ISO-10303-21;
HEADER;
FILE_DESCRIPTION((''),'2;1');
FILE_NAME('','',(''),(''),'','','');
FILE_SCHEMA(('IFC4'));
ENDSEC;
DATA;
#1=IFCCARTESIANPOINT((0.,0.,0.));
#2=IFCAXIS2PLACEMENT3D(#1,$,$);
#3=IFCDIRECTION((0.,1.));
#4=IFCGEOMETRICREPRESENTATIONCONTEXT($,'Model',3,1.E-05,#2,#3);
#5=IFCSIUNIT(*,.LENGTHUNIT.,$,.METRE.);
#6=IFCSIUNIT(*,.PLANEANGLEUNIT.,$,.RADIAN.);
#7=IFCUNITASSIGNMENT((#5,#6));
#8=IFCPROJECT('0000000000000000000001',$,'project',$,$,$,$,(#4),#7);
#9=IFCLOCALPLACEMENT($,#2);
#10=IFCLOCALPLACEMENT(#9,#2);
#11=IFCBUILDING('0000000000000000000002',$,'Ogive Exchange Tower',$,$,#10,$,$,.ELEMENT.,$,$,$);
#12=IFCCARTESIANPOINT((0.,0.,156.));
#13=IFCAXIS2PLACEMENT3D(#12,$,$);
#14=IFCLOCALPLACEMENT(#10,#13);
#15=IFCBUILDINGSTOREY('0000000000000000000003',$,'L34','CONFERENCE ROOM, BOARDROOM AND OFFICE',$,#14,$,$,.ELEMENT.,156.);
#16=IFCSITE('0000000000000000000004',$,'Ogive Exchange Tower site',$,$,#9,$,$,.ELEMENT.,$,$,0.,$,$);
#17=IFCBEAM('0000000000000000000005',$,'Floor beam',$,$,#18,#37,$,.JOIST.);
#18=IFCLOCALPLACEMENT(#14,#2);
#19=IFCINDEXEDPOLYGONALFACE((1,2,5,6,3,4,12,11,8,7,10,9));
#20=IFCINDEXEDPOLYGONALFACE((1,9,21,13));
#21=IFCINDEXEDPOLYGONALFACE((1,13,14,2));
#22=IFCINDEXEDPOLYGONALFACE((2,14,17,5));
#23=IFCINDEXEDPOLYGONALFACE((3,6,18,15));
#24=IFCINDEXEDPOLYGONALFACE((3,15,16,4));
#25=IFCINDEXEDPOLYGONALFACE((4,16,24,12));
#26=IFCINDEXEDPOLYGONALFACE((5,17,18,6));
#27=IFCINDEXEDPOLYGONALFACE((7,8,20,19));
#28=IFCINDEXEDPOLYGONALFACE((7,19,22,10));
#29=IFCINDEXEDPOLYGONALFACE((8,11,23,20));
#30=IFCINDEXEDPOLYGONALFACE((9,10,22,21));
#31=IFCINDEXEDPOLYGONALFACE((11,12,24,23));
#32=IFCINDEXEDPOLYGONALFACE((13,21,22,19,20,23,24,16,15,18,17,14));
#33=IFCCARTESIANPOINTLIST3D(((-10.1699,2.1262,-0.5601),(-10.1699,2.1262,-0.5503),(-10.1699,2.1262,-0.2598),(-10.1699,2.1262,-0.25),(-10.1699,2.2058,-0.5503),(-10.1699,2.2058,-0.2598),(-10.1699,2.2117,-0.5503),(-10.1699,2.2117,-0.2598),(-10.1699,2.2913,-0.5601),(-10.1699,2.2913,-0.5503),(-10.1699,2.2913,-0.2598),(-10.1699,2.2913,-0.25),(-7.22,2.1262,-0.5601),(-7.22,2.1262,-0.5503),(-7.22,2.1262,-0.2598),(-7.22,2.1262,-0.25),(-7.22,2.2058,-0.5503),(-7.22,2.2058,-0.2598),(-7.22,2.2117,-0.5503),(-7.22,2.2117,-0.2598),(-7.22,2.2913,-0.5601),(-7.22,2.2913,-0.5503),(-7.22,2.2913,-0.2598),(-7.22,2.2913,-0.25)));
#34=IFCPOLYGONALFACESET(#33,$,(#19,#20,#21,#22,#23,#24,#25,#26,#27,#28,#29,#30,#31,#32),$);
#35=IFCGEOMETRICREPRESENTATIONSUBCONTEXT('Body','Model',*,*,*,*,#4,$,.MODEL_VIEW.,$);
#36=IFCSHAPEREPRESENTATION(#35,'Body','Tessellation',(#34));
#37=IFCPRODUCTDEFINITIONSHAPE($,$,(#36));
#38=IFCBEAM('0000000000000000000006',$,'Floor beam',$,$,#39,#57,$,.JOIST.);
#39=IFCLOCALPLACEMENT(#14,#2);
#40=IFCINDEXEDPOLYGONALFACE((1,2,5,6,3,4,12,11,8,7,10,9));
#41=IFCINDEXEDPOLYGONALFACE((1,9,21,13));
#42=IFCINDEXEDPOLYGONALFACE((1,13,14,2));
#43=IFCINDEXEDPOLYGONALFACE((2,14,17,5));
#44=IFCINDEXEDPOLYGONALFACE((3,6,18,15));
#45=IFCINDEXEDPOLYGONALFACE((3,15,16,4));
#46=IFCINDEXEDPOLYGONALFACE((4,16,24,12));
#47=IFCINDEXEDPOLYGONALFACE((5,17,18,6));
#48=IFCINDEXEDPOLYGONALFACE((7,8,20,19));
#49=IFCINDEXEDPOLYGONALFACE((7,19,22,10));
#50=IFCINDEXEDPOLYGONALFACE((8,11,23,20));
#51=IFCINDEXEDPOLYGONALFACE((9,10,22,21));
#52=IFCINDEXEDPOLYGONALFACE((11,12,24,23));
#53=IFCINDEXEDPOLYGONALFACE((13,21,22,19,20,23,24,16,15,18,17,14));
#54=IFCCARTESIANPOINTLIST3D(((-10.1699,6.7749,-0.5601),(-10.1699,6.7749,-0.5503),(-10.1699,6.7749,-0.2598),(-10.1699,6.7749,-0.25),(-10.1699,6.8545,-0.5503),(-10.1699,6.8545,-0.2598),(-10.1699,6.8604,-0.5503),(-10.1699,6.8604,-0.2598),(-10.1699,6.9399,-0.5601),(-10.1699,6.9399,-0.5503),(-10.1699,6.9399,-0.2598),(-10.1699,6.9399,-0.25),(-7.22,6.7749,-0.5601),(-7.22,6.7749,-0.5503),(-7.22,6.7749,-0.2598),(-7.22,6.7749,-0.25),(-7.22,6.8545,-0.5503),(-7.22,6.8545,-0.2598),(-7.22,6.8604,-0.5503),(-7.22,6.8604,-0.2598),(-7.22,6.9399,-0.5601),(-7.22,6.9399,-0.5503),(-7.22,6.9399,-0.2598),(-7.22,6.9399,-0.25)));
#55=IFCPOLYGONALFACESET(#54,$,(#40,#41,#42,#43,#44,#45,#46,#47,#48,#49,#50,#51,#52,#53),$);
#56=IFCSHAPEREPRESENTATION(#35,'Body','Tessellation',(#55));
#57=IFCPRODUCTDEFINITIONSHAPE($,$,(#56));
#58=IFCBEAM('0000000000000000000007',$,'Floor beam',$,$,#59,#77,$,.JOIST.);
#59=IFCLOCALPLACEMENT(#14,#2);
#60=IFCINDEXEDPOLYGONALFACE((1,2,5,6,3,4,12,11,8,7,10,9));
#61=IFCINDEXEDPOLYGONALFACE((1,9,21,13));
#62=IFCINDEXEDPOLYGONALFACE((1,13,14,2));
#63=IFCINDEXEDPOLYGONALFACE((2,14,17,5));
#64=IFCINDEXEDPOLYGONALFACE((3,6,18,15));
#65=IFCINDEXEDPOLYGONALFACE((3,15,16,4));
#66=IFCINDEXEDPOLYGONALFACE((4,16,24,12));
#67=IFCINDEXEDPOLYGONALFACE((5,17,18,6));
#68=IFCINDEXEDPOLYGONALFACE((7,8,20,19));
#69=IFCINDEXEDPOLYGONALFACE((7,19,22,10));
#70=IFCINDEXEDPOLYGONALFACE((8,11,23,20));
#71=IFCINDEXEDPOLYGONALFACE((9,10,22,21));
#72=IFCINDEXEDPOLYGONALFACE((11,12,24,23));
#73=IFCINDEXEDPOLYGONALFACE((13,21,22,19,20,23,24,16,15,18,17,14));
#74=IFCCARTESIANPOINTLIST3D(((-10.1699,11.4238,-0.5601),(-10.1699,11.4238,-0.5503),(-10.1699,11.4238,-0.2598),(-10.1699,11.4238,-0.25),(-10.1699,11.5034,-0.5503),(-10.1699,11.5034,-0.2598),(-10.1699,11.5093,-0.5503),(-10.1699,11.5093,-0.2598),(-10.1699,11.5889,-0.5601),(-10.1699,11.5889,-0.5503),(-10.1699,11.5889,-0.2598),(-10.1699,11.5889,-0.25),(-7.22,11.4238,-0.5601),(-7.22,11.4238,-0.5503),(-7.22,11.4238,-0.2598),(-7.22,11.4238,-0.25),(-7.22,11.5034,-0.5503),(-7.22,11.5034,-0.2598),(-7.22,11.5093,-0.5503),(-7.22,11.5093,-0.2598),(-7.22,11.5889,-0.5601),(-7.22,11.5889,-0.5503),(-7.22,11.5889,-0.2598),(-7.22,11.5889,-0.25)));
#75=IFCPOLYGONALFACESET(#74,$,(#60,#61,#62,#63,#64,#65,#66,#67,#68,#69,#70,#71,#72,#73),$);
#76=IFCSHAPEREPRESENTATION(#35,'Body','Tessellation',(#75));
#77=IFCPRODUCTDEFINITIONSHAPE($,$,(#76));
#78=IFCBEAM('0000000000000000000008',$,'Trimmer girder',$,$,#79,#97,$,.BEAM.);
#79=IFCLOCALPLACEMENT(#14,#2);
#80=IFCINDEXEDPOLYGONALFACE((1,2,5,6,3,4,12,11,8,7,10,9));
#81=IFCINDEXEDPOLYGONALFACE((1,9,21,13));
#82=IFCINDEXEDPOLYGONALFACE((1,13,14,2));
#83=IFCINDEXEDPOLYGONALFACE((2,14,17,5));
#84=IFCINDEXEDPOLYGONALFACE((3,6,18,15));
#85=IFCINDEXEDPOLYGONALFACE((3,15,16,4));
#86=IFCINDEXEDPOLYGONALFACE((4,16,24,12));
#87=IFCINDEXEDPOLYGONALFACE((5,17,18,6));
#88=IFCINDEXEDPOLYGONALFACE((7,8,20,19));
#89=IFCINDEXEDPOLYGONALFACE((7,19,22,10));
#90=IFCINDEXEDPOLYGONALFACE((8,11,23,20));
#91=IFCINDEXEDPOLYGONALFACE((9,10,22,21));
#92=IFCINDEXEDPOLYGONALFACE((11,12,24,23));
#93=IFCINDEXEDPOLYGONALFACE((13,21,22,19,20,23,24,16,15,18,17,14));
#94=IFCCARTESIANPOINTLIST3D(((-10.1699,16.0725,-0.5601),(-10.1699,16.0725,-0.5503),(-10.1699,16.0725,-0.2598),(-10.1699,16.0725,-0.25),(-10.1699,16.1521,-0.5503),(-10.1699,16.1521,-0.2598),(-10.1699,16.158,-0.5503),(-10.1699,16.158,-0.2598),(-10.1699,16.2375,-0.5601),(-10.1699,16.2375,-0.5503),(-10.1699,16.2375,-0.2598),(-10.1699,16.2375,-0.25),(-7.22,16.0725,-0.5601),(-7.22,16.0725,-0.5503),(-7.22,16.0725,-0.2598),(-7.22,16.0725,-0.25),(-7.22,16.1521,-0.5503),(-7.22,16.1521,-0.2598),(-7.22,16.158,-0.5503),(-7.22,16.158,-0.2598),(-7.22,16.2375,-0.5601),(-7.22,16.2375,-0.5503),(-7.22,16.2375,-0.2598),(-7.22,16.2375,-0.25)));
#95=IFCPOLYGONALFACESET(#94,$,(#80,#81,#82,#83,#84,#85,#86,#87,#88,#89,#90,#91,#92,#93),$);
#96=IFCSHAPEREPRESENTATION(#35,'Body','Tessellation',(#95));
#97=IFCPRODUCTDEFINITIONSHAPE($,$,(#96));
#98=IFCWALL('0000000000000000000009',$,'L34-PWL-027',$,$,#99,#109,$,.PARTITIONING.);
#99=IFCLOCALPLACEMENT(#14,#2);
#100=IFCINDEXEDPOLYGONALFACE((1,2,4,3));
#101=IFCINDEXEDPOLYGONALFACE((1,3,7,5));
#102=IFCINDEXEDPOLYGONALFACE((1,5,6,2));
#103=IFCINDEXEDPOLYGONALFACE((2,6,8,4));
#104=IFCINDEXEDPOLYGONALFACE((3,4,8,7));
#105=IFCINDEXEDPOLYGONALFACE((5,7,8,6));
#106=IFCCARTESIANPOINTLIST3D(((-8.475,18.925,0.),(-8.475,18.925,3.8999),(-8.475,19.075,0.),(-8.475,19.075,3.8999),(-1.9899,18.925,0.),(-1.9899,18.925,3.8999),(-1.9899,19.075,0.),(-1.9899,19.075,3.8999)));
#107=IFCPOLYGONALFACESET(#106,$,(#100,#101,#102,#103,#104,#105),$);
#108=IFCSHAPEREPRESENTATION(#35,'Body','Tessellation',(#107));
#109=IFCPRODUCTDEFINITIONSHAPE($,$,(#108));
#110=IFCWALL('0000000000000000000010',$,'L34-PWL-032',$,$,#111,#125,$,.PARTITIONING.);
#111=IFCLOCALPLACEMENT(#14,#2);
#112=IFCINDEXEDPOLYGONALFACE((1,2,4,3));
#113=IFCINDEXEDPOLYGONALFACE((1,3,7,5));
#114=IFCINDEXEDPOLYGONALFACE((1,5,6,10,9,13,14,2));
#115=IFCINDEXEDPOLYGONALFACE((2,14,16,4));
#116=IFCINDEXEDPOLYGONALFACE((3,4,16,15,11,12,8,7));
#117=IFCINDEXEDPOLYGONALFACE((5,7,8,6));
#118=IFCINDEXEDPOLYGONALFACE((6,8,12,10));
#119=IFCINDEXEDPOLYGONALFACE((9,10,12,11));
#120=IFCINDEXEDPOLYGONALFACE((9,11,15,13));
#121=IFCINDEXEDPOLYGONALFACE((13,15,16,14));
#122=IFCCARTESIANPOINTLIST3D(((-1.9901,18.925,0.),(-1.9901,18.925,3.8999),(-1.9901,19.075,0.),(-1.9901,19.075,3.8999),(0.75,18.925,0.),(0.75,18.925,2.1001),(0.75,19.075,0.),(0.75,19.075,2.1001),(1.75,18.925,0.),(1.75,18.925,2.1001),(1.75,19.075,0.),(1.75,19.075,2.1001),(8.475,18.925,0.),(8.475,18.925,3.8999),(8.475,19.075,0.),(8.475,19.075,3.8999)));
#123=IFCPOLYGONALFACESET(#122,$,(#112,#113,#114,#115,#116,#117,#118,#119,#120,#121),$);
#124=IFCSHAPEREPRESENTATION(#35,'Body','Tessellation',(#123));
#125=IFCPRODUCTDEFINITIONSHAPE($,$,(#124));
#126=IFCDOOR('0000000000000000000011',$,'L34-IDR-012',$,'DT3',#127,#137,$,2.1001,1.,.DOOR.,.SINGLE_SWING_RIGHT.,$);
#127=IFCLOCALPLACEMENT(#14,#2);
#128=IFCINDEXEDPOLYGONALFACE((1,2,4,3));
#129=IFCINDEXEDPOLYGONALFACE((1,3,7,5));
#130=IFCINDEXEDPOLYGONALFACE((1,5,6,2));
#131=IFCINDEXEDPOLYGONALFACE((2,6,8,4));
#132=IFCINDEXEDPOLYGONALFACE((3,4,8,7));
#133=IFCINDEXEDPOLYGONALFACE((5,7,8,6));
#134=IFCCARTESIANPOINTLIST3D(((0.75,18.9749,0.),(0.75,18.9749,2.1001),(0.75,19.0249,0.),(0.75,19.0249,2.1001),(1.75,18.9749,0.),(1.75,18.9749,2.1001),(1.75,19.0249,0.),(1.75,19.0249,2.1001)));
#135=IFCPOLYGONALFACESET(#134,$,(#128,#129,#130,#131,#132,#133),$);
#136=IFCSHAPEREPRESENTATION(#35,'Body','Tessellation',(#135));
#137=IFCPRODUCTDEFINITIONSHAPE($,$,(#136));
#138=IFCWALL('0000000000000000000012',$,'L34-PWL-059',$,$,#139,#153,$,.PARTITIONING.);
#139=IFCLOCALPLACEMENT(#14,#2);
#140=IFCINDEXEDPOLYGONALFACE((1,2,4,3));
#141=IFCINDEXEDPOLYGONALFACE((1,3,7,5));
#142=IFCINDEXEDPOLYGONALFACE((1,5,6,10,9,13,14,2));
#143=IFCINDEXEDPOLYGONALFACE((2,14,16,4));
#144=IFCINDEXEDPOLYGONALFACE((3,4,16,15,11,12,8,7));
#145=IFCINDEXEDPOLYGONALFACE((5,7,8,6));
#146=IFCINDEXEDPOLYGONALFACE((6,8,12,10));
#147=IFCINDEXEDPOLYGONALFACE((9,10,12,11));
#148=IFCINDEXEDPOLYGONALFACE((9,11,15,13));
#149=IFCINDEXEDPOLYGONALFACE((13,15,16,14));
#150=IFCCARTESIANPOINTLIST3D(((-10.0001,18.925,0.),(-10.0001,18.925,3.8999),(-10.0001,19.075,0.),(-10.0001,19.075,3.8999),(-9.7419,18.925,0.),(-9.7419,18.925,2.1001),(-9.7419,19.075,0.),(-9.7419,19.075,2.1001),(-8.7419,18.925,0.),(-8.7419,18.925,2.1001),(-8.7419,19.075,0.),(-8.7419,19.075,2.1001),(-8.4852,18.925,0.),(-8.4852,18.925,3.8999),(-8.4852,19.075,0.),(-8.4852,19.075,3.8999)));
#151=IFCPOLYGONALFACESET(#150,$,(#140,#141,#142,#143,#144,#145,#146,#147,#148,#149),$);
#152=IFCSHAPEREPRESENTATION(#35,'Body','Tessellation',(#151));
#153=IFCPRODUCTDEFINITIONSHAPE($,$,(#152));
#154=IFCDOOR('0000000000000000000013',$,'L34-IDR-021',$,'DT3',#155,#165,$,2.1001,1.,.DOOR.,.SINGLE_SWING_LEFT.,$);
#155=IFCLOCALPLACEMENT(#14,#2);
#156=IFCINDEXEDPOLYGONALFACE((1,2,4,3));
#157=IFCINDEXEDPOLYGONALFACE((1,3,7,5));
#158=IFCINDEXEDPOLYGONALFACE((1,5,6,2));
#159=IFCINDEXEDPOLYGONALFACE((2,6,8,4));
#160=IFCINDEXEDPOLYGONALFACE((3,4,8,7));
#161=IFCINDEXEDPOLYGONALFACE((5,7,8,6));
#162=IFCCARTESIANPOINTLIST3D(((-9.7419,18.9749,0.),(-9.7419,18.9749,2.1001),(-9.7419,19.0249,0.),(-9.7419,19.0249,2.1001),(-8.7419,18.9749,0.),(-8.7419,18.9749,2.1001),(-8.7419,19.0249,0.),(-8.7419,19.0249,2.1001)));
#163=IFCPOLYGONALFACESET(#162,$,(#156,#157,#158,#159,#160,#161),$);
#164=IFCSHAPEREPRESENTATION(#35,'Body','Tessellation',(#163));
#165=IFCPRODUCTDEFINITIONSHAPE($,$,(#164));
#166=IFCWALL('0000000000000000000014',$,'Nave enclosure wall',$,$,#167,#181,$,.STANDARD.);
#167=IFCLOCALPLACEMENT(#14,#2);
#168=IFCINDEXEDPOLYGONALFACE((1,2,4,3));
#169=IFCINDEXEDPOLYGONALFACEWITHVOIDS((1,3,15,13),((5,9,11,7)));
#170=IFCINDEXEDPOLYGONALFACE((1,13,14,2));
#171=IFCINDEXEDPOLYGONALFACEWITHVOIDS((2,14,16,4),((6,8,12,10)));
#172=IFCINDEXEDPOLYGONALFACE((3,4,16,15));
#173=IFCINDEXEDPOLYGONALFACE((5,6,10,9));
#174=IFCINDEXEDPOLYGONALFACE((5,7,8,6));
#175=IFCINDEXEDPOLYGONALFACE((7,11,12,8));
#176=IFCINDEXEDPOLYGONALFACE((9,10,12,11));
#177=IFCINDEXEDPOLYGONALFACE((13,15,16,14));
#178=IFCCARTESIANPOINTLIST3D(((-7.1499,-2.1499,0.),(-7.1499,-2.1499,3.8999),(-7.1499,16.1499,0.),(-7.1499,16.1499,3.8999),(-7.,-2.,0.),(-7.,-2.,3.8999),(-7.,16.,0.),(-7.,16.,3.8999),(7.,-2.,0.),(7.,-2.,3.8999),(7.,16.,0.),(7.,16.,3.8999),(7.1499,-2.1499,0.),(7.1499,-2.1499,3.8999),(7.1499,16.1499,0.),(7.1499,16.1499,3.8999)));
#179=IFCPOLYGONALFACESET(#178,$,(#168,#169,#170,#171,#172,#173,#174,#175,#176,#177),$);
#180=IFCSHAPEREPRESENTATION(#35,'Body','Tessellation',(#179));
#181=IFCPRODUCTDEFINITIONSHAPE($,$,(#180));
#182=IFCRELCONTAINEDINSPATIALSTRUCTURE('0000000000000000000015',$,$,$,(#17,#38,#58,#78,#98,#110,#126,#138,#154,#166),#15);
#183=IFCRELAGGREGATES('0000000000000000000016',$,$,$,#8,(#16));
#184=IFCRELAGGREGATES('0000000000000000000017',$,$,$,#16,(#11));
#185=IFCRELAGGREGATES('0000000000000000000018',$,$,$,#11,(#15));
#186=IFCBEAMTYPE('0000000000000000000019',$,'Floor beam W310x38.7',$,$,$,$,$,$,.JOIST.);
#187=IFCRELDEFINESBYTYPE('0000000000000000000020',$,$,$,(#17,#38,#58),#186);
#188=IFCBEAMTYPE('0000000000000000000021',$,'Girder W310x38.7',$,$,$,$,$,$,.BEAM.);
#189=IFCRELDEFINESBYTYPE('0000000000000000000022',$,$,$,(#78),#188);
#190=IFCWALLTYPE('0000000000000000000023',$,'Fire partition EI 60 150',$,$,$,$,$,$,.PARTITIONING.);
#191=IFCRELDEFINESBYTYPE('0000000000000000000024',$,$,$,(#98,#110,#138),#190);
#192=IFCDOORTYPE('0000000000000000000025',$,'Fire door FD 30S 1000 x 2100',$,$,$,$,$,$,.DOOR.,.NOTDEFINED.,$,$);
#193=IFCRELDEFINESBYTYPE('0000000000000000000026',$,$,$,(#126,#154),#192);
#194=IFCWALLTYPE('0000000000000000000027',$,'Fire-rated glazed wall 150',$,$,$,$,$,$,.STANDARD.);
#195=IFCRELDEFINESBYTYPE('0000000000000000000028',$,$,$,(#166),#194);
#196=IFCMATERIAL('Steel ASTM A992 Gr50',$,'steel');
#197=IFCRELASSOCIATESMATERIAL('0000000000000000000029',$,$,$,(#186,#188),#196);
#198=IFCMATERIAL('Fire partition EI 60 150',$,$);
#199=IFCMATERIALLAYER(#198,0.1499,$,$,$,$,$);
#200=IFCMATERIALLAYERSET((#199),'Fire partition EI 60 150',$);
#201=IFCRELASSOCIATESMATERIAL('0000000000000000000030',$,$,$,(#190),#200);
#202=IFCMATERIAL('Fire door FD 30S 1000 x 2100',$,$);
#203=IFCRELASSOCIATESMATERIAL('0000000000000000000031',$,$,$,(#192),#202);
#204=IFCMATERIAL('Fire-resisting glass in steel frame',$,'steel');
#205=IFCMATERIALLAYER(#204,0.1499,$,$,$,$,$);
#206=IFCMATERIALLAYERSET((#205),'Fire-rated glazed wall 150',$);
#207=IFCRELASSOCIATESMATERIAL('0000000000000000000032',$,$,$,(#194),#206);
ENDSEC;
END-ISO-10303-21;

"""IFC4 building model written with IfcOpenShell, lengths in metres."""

from ifc_helpers import new_model, si_unit, direction, frame, frame_2d, origin, origin_2d, place, context, subcontext, project, spatial, polyline, rectangle, i_section, outline, extrude, material, layer, layer_set, material_profile, profile_set, type_object, element, fill, save


model = new_model("IFC4")

# Units and contexts
model_context = context("Model", 3, precision=1e-05, world=origin(), true_north=direction((0.0, 1.0)))
body_context = subcontext(model_context, "Body", "Model", "MODEL_VIEW")
ifc_project = project(units=[si_unit("LENGTHUNIT", "METRE"), si_unit("PLANEANGLEUNIT", "RADIAN")], contexts=[model_context])

# Site, building, storey
site_placement = place(None, origin())
site = spatial("IfcSite", under=ifc_project, at=site_placement, Name="Ogive Exchange Tower site", CompositionType="ELEMENT", RefElevation=0.0)
building_placement = place(site_placement, origin())
building = spatial("IfcBuilding", under=site, at=building_placement, Name="Ogive Exchange Tower", CompositionType="ELEMENT")
storey_placement = place(building_placement, frame((0.0, 0.0, 156.0)))
storey = spatial("IfcBuildingStorey", under=building, at=storey_placement, Name="L34", Description="CONFERENCE ROOM, BOARDROOM AND OFFICE", CompositionType="ELEMENT", Elevation=156.0)

# Beams
ifc_material_1 = material(Name="Steel ASTM A992 Gr50", Category="steel")
ifc_material_profile_1 = material_profile(ifc_material_1, i_section(OverallWidth=0.165, OverallDepth=0.3101, WebThickness=0.0059, FlangeThickness=0.0098, at=origin_2d()), Name="W310x38.7")
ifc_profile_set_1 = profile_set([ifc_material_profile_1], Name="Steel ASTM A992 Gr50")
beam_type_1 = type_object("IfcBeamType", Name="Floor beam W310x38.7", PredefinedType="JOIST", material=ifc_profile_set_1)
for number, where, z_axis, x_axis, name in (
    (1, (-10.1699, 2.2087, -0.405), (1.0, 0.0, 0.0), (0.0, 1.0, 0.0), "Floor beam"),
    (2, (-10.1699, 6.8574, -0.405), (1.0, 0.0, 0.0), (0.0, 1.0, 0.0), "Floor beam"),
    (3, (-10.1699, 11.5063, -0.405), (1.0, 0.0, 0.0), (0.0, 1.0, 0.0), "Floor beam"),
):
    element("IfcBeam", number, at=place(storey_placement, frame(where, z_axis=z_axis, x_axis=x_axis)), inside=storey, type_object=beam_type_1, Name=name, PredefinedType="JOIST", context=body_context, shape_type="SweptSolid", body=[
        extrude(i_section(OverallWidth=0.165, OverallDepth=0.3101, WebThickness=0.0059, FlangeThickness=0.0098, at=origin_2d()), origin(), (0.0, 0.0, 1.0), 2.95),
    ])
ifc_material_profile_2 = material_profile(ifc_material_1, i_section(OverallWidth=0.165, OverallDepth=0.3101, WebThickness=0.0059, FlangeThickness=0.0098, at=origin_2d()), Name="W310x38.7")
ifc_profile_set_2 = profile_set([ifc_material_profile_2], Name="Steel ASTM A992 Gr50")
beam_type_2 = type_object("IfcBeamType", Name="Girder W310x38.7", PredefinedType="BEAM", material=ifc_profile_set_2)
beam_placement = place(storey_placement, frame((-10.1699, 16.155, -0.405), z_axis=(1.0, 0.0, 0.0), x_axis=(0.0, 1.0, 0.0)))
element("IfcBeam", 4, at=beam_placement, inside=storey, type_object=beam_type_2, Name="Trimmer girder", PredefinedType="BEAM", context=body_context, shape_type="SweptSolid", body=[
    extrude(i_section(OverallWidth=0.165, OverallDepth=0.3101, WebThickness=0.0059, FlangeThickness=0.0098, at=origin_2d()), origin(), (0.0, 0.0, 1.0), 2.95),
])

# Wall
ifc_material_2 = material(Name="Fire partition EI 60 150")
ifc_layer_1 = layer(ifc_material_2, 0.1499)
ifc_layer_set_1 = layer_set([ifc_layer_1], Name="Fire partition EI 60 150")
wall_type_1 = type_object("IfcWallType", Name="Fire partition EI 60 150", PredefinedType="PARTITIONING", material=ifc_layer_set_1)
wall_1_placement = place(storey_placement, frame((-8.4751, 19.0, 0.0), z_axis=(0.0, 0.0, 1.0), x_axis=(1.0, 0.0, 0.0)))
element("IfcWall", 5, at=wall_1_placement, inside=storey, type_object=wall_type_1, Name="L34-PWL-027", PredefinedType="PARTITIONING", context=body_context, shape_type="SweptSolid", body=[
    extrude(rectangle(XDim=6.4851, YDim=0.1499, at=frame_2d((3.2427, 0.0))), origin(), (0.0, 0.0, 1.0), 3.8999),
])

# Walls, openings, doors
wall_2_placement = place(storey_placement, frame((-1.99, 19.0, 0.0), z_axis=(0.0, 0.0, 1.0), x_axis=(1.0, 0.0, 0.0)))
wall_2 = element("IfcWall", 6, at=wall_2_placement, inside=storey, type_object=wall_type_1, Name="L34-PWL-032", PredefinedType="PARTITIONING", context=body_context, shape_type="SweptSolid", body=[
    extrude(rectangle(XDim=10.4651, YDim=0.1499, at=frame_2d((5.2324, 0.0))), origin(), (0.0, 0.0, 1.0), 3.8999),
])
opening_1_placement = place(wall_2_placement, frame((2.74, 0.0, 0.0)))
opening_1 = element("IfcOpeningElement", 7, at=opening_1_placement, cuts=wall_2, PredefinedType="OPENING", context=body_context, shape_type="SweptSolid", body=[
    extrude(rectangle(XDim=1.0, YDim=2.1001, at=frame_2d((0.5, 1.05))), frame((0.0, 0.085, 0.0), z_axis=(0.0, -1.0, 0.0), x_axis=(1.0, 0.0, 0.0)), (0.0, 0.0, 1.0), 0.1699),
])
ifc_material_3 = material(Name="Fire door FD 30S 1000 x 2100")
door_type = type_object("IfcDoorType", Name="Fire door FD 30S 1000 x 2100", OperationType="NOTDEFINED", PredefinedType="DOOR", material=ifc_material_3)
door_1_placement = place(opening_1_placement, origin())
door_1 = element("IfcDoor", 8, at=door_1_placement, inside=storey, type_object=door_type, Name="L34-IDR-012", ObjectType="DT3", OperationType="SINGLE_SWING_RIGHT", OverallHeight=2.1001, OverallWidth=1.0, PredefinedType="DOOR", context=body_context, shape_type="SweptSolid", body=[
    extrude(rectangle(XDim=1.0, YDim=2.1001, at=frame_2d((0.5, 1.05))), frame((0.0, 0.0249, 0.0), z_axis=(0.0, -1.0, 0.0), x_axis=(1.0, 0.0, 0.0)), (0.0, 0.0, 1.0), 0.05),
])
fill(opening_1, door_1)
wall_3_placement = place(storey_placement, frame((-10.0, 19.0, 0.0), z_axis=(0.0, 0.0, 1.0), x_axis=(1.0, 0.0, 0.0)))
wall_3 = element("IfcWall", 9, at=wall_3_placement, inside=storey, type_object=wall_type_1, Name="L34-PWL-059", PredefinedType="PARTITIONING", context=body_context, shape_type="SweptSolid", body=[
    extrude(rectangle(XDim=1.5149, YDim=0.1499, at=frame_2d((0.7573, 0.0))), origin(), (0.0, 0.0, 1.0), 3.8999),
])
opening_2_placement = place(wall_3_placement, frame((0.2581, 0.0, 0.0)))
opening_2 = element("IfcOpeningElement", 10, at=opening_2_placement, cuts=wall_3, PredefinedType="OPENING", context=body_context, shape_type="SweptSolid", body=[
    extrude(rectangle(XDim=1.0, YDim=2.1001, at=frame_2d((0.5, 1.05))), frame((0.0, 0.085, 0.0), z_axis=(0.0, -1.0, 0.0), x_axis=(1.0, 0.0, 0.0)), (0.0, 0.0, 1.0), 0.1699),
])
door_2_placement = place(opening_2_placement, origin())
door_2 = element("IfcDoor", 11, at=door_2_placement, inside=storey, type_object=door_type, Name="L34-IDR-021", ObjectType="DT3", OperationType="SINGLE_SWING_LEFT", OverallHeight=2.1001, OverallWidth=1.0, PredefinedType="DOOR", context=body_context, shape_type="SweptSolid", body=[
    extrude(rectangle(XDim=1.0, YDim=2.1001, at=frame_2d((0.5, 1.05))), frame((0.0, 0.0249, 0.0), z_axis=(0.0, -1.0, 0.0), x_axis=(1.0, 0.0, 0.0)), (0.0, 0.0, 1.0), 0.05),
])
fill(opening_2, door_2)

# Wall
ifc_material_4 = material(Name="Fire-resisting glass in steel frame", Category="steel")
ifc_layer_2 = layer(ifc_material_4, 0.1499)
ifc_layer_set_2 = layer_set([ifc_layer_2], Name="Fire-rated glazed wall 150")
wall_type_2 = type_object("IfcWallType", Name="Fire-rated glazed wall 150", PredefinedType="STANDARD", material=ifc_layer_set_2)
wall_4_placement = place(storey_placement, origin())
element("IfcWall", 12, at=wall_4_placement, inside=storey, type_object=wall_type_2, Name="Nave enclosure wall", PredefinedType="STANDARD", context=body_context, shape_type="SweptSolid", body=[
    extrude(outline(polyline([(-7.1499, -2.1499), (7.1499, -2.1499), (7.1499, 16.1499), (-7.1499, 16.1499), (-7.1499, -2.1499)]), holes=[polyline([(-7.0, -2.0), (-7.0, 16.0), (7.0, 16.0), (7.0, -2.0), (-7.0, -2.0)])]), origin(), (0.0, 0.0, 1.0), 3.8999),
])

save(model, "model.ifc")
